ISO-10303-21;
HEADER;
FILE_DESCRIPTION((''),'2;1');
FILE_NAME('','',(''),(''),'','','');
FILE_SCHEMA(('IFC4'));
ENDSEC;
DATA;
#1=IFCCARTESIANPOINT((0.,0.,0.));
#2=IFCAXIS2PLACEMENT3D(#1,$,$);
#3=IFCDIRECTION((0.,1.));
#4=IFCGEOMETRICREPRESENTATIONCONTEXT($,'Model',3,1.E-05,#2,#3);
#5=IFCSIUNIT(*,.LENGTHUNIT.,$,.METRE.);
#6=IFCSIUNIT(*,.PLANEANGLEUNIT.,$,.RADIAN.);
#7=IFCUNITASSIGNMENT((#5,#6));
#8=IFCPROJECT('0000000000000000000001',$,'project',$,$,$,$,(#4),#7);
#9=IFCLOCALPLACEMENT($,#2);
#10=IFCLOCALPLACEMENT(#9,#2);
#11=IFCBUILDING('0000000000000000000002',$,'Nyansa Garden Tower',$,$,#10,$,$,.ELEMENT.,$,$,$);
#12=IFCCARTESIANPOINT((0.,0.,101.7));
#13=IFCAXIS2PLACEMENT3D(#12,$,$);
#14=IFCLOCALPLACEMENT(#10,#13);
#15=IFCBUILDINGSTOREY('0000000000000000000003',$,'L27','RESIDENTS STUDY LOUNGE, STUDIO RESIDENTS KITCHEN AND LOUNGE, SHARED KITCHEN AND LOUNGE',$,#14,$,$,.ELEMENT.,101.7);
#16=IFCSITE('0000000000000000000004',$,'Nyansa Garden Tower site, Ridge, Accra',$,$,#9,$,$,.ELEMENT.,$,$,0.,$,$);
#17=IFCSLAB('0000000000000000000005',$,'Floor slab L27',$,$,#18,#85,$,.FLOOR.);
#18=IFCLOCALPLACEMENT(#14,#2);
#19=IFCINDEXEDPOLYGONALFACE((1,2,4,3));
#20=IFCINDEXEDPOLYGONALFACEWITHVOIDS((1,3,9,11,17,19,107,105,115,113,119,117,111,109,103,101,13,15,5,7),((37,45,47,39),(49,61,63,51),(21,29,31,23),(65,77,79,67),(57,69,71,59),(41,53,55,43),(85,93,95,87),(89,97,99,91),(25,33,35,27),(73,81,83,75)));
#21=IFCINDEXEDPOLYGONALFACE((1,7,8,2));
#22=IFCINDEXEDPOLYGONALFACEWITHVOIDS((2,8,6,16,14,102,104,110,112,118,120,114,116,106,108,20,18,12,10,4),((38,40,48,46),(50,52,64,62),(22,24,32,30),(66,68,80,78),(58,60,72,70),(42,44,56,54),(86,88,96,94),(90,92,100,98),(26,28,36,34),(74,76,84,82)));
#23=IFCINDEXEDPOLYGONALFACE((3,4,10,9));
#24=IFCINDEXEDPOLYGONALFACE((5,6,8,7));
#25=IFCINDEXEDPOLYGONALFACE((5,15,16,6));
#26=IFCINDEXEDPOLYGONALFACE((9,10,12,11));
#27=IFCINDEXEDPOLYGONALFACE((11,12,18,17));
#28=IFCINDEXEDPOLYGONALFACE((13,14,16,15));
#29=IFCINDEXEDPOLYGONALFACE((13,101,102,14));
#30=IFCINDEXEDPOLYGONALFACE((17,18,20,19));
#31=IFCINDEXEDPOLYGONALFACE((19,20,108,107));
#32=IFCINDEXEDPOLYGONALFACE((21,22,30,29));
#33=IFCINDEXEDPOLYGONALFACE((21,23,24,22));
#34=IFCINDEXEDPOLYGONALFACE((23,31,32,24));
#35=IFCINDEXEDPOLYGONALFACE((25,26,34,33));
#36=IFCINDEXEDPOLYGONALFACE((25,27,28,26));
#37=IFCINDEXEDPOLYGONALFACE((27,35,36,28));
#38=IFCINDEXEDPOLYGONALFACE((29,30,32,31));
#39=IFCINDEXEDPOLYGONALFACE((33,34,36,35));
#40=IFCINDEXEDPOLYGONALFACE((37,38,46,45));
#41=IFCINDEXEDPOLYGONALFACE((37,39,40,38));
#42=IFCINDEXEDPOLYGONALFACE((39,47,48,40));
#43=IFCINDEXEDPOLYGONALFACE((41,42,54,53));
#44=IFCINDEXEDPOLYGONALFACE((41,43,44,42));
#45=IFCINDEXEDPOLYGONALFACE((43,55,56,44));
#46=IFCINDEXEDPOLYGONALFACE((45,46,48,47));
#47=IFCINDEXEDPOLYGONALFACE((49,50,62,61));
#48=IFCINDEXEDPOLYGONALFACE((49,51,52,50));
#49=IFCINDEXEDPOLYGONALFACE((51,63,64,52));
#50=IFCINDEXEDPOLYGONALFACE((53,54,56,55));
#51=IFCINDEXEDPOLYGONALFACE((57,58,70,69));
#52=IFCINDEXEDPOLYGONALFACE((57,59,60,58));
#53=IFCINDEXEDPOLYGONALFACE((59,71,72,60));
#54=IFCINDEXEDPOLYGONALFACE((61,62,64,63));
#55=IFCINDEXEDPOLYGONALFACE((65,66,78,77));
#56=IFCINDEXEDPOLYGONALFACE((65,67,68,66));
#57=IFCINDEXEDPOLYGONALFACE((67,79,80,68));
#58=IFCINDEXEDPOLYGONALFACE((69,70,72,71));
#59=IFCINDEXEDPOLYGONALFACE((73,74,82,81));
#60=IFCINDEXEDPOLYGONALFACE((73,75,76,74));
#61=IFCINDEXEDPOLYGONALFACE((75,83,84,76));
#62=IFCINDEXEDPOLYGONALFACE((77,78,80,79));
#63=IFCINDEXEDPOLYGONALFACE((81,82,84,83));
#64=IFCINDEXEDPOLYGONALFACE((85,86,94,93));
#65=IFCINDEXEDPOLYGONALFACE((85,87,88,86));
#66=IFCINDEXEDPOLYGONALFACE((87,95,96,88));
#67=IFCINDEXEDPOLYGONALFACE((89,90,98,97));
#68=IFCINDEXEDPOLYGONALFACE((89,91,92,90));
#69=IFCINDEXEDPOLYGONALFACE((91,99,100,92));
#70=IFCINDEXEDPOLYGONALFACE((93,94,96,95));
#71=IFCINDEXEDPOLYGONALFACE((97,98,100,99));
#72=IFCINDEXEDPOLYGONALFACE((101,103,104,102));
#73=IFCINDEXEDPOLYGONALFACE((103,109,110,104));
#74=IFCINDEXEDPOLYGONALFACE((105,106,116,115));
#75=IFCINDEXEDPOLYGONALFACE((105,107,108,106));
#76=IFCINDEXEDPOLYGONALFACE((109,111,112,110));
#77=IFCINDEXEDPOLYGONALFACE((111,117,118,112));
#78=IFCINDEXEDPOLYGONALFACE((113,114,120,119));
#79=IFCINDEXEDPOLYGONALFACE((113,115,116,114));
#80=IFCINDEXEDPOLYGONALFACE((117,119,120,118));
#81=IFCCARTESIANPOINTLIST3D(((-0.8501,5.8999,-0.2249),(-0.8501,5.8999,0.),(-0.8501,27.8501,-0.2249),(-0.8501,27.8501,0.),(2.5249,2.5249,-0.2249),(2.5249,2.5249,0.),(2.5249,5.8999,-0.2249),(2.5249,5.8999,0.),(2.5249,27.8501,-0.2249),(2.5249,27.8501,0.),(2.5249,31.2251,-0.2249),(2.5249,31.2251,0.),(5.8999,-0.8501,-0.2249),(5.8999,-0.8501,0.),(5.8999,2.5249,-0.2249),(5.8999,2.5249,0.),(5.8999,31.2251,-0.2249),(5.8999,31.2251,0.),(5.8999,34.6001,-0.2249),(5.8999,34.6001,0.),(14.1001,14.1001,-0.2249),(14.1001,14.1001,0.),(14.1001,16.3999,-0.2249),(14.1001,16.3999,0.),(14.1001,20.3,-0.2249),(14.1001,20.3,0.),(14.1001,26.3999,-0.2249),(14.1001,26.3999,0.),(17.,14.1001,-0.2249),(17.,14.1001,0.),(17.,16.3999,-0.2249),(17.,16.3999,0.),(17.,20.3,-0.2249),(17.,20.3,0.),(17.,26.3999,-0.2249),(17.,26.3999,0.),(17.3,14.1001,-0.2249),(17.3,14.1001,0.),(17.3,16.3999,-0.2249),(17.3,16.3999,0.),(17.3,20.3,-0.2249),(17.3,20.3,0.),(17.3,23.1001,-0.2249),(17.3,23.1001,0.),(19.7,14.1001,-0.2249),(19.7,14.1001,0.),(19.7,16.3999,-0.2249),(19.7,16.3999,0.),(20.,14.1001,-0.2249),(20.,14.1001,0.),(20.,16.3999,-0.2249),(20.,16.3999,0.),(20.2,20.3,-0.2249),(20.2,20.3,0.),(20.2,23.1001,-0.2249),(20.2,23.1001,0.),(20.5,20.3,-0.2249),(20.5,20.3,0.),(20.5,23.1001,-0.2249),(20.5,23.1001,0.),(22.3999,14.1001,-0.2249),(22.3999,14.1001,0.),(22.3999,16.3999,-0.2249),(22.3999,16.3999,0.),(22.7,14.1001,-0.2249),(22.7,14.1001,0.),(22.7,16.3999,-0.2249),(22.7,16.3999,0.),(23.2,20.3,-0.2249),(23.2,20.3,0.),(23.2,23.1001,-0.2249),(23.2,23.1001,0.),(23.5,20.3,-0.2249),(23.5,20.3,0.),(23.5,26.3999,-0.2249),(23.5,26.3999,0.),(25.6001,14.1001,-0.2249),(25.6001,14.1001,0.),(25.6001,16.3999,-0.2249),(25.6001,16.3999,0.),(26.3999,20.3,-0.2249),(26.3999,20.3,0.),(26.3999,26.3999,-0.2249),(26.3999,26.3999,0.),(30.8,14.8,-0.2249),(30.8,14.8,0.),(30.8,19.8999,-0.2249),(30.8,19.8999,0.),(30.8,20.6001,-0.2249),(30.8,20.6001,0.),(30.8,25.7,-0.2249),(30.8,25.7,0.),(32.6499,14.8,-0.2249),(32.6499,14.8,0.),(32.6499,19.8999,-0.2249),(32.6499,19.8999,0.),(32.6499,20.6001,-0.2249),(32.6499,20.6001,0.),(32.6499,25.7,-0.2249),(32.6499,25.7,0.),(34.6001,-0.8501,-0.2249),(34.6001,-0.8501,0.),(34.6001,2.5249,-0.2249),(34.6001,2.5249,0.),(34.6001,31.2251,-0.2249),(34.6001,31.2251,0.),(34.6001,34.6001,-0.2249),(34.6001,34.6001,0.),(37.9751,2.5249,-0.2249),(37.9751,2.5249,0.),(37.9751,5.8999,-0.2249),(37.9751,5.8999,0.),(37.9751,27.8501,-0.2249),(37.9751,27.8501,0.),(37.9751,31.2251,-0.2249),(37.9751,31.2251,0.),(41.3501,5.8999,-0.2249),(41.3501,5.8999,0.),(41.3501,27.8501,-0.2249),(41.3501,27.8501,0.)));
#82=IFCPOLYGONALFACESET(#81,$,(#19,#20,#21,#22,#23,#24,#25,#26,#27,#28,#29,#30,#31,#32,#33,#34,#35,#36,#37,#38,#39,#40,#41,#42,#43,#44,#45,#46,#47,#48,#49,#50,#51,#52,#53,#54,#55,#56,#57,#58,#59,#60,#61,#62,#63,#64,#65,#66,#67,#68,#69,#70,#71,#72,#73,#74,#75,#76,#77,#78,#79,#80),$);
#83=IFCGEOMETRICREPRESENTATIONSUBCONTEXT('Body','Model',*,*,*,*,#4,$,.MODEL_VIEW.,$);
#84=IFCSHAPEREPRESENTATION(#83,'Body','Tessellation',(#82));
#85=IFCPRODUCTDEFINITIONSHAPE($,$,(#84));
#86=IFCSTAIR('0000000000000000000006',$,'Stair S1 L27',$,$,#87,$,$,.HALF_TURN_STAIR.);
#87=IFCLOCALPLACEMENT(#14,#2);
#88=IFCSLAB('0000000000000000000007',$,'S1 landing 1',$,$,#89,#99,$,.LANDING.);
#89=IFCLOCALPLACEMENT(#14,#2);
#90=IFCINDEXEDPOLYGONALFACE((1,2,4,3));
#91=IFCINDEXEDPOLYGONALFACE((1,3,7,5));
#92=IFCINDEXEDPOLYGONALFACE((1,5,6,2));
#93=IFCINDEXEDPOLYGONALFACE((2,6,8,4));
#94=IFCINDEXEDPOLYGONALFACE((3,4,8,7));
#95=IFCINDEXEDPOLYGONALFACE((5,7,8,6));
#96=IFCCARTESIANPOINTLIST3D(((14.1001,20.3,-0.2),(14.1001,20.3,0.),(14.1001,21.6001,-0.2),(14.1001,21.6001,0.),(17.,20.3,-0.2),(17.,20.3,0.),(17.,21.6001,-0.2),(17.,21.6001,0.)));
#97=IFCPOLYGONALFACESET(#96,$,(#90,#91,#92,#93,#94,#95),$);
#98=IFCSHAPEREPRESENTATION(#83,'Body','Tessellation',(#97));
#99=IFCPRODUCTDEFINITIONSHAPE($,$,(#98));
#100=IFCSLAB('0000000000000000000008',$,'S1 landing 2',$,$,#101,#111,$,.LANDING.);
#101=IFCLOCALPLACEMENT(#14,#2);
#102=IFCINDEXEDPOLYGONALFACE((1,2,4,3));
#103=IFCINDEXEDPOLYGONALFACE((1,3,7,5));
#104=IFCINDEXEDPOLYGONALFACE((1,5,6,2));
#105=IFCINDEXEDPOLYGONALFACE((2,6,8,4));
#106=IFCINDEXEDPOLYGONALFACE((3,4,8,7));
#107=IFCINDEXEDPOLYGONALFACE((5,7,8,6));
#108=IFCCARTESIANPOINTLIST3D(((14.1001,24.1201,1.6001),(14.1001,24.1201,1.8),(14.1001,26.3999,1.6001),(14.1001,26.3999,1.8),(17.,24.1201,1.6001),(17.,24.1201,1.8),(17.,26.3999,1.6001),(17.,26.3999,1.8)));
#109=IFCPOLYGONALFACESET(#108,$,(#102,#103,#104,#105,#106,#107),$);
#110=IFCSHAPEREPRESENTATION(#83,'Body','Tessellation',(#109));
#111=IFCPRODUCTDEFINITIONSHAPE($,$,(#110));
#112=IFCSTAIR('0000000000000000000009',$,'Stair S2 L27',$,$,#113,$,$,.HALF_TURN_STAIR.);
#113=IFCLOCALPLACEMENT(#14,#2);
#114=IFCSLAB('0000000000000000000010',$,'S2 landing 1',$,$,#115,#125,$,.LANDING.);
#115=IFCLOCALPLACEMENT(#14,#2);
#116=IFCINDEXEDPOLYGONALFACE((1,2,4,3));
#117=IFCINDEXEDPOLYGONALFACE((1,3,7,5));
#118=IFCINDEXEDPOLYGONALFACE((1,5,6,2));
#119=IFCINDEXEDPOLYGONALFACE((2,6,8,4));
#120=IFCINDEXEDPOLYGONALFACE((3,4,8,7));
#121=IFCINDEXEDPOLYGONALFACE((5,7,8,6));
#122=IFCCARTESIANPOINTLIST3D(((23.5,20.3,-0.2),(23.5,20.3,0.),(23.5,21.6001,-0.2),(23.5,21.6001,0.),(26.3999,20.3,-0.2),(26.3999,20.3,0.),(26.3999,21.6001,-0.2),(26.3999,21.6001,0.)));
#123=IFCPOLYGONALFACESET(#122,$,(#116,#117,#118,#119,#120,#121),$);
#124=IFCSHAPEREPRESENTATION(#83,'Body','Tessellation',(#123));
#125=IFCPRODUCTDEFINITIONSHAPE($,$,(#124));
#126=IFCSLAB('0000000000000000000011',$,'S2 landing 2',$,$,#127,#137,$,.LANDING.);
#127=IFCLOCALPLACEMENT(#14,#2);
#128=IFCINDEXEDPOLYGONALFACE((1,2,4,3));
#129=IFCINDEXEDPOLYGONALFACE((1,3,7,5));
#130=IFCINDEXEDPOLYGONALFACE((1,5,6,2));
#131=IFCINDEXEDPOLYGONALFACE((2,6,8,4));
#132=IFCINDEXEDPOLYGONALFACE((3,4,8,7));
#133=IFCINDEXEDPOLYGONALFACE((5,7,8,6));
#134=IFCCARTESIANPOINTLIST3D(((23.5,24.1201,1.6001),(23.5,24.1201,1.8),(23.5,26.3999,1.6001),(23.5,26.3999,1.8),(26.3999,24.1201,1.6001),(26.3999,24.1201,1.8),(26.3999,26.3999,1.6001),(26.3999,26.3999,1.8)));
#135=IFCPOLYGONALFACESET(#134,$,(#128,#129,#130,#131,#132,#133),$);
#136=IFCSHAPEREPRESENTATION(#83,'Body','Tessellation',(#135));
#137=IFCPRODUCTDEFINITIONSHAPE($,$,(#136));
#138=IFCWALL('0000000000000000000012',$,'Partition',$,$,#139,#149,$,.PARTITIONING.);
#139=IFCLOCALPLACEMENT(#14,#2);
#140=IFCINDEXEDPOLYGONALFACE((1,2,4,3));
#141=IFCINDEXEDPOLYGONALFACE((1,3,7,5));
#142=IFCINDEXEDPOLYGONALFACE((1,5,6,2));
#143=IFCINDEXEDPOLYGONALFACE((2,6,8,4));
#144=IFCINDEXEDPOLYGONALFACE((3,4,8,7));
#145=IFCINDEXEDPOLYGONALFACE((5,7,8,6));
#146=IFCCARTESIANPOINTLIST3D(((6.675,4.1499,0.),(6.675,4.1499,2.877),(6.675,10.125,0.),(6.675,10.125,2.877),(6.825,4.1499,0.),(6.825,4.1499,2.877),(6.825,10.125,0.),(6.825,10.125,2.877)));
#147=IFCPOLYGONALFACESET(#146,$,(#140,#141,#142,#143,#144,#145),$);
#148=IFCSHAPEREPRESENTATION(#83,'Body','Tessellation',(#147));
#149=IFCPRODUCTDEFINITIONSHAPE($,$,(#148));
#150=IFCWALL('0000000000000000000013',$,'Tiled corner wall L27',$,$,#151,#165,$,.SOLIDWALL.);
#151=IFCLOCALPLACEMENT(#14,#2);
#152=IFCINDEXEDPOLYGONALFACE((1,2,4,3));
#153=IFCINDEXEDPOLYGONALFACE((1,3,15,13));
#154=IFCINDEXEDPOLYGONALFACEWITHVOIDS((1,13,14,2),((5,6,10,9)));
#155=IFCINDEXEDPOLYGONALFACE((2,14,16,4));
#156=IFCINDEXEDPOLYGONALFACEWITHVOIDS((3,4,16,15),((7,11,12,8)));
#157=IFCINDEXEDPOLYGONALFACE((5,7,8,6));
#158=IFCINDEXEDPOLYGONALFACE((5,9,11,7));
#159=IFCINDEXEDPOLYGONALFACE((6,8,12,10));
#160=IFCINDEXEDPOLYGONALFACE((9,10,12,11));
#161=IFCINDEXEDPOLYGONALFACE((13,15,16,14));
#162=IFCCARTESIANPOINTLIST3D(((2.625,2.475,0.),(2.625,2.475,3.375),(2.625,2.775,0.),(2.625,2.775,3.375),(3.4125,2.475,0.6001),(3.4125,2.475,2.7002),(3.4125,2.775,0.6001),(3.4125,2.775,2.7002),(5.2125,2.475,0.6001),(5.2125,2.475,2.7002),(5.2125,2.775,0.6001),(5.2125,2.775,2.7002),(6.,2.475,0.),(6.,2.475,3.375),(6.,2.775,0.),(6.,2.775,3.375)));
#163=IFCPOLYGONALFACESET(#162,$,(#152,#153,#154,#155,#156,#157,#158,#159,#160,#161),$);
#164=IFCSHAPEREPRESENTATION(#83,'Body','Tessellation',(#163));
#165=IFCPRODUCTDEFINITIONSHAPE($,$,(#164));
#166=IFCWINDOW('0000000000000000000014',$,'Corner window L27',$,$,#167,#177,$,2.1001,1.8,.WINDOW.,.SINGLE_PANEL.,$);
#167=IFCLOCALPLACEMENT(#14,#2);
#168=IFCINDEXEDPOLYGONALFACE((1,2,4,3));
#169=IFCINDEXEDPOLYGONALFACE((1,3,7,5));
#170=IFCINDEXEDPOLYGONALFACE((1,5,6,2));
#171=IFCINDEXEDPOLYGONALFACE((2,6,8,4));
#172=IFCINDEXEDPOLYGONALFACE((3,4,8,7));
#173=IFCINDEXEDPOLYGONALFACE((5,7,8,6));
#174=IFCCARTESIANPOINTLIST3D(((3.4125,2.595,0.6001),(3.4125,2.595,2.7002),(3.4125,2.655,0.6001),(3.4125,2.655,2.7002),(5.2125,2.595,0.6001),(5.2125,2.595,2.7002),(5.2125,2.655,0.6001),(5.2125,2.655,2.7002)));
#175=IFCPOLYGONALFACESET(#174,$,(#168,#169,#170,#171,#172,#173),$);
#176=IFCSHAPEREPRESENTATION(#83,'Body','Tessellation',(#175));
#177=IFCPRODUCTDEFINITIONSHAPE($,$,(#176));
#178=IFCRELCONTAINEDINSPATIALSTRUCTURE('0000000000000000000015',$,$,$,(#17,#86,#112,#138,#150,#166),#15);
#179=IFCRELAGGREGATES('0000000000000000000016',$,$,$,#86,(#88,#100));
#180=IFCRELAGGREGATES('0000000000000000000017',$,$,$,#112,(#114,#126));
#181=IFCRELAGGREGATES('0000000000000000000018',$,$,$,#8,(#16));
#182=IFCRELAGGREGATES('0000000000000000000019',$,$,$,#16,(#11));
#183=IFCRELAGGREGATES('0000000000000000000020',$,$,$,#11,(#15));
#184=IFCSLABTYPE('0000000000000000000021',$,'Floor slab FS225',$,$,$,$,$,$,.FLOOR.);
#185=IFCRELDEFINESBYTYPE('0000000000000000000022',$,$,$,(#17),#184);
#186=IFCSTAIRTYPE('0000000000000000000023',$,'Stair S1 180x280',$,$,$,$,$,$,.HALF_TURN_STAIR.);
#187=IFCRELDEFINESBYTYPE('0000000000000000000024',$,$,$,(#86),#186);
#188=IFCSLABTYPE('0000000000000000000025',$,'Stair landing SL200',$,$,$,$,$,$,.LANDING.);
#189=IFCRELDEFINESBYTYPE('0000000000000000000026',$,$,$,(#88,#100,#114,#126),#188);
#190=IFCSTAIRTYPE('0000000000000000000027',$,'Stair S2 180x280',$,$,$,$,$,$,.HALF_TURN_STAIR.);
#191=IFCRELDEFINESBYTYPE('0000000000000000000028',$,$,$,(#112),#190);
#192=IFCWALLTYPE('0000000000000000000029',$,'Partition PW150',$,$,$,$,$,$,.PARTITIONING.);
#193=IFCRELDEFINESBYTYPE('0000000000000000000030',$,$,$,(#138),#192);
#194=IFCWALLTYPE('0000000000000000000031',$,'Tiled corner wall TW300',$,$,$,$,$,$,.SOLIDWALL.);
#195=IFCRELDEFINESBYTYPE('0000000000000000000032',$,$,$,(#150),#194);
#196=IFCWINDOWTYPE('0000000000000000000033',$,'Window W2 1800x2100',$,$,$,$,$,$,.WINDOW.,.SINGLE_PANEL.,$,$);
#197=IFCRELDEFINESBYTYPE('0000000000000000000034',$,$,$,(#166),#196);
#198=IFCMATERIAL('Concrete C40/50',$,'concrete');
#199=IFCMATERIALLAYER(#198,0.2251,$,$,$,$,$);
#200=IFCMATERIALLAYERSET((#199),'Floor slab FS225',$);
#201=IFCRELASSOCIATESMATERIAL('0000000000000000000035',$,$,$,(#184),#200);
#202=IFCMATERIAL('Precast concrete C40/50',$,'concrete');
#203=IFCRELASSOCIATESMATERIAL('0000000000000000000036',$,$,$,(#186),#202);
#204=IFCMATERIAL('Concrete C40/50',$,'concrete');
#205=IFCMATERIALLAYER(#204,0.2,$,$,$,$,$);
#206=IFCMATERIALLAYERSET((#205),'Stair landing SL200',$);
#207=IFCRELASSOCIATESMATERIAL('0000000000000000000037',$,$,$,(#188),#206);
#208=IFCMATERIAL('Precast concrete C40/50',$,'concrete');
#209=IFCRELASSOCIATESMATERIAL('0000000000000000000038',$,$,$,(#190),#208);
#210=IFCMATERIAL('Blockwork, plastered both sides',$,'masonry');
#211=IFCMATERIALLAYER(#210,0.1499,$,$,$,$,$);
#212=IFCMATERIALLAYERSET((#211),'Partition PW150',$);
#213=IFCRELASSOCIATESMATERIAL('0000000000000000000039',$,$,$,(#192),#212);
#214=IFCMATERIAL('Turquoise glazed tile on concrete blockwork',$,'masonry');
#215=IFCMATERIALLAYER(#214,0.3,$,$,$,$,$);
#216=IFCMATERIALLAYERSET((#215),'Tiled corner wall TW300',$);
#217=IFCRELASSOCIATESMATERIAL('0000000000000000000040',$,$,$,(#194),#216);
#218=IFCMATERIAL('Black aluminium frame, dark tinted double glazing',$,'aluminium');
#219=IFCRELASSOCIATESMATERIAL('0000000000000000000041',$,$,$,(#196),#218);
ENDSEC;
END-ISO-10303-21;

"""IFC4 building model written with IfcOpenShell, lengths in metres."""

from ifc_helpers import new_model, si_unit, direction, frame, frame_2d, origin, place, context, subcontext, project, spatial, polyline, rectangle, outline, extrude, material, layer, layer_set, type_object, element, fill, aggregate, save


model = new_model("IFC4")

# Units and contexts
model_context = context("Model", 3, precision=1e-05, world=origin(), true_north=direction((0.0, 1.0)))
body_context = subcontext(model_context, "Body", "Model", "MODEL_VIEW")
ifc_project = project(units=[si_unit("LENGTHUNIT", "METRE"), si_unit("PLANEANGLEUNIT", "RADIAN")], contexts=[model_context])

# Site, building, storey
site_placement = place(None, origin())
site = spatial("IfcSite", under=ifc_project, at=site_placement, Name="Nyansa Garden Tower site, Ridge, Accra", CompositionType="ELEMENT", RefElevation=0.0)
building_placement = place(site_placement, origin())
building = spatial("IfcBuilding", under=site, at=building_placement, Name="Nyansa Garden Tower", CompositionType="ELEMENT")
storey_placement = place(building_placement, frame((0.0, 0.0, 101.7)))
storey = spatial("IfcBuildingStorey", under=building, at=storey_placement, Name="L27", Description="RESIDENTS STUDY LOUNGE, STUDIO RESIDENTS KITCHEN AND LOUNGE, SHARED KITCHEN AND LOUNGE", CompositionType="ELEMENT", Elevation=101.7)

# Slab
ifc_material_1 = material(Name="Concrete C40/50", Category="concrete")
ifc_layer_1 = layer(ifc_material_1, 0.2251)
ifc_layer_set_1 = layer_set([ifc_layer_1], Name="Floor slab FS225")
slab_type_1 = type_object("IfcSlabType", Name="Floor slab FS225", PredefinedType="FLOOR", material=ifc_layer_set_1)
slab_1_placement = place(storey_placement, frame((0.0, 0.0, -0.2249)))
element("IfcSlab", 1, at=slab_1_placement, inside=storey, type_object=slab_type_1, Name="Floor slab L27", PredefinedType="FLOOR", context=body_context, shape_type="SweptSolid", body=[
    extrude(outline(polyline([(41.3501, 5.8999), (37.9751, 5.8999), (37.9751, 2.5249), (34.6001, 2.5249), (34.6001, -0.8501), (5.8999, -0.8501), (5.8999, 2.5249), (2.5249, 2.5249), (2.5249, 5.8999), (-0.8501, 5.8999), (-0.8501, 27.8501), (2.5249, 27.8501), (2.5249, 31.2251), (5.8999, 31.2251), (5.8999, 34.6001), (34.6001, 34.6001), (34.6001, 31.2251), (37.9751, 31.2251), (37.9751, 27.8501), (41.3501, 27.8501), (41.3501, 5.8999)]), holes=[polyline([(14.1001, 14.1001), (17.0, 14.1001), (17.0, 16.3999), (14.1001, 16.3999), (14.1001, 14.1001)]), polyline([(17.3, 14.1001), (19.7, 14.1001), (19.7, 16.3999), (17.3, 16.3999), (17.3, 14.1001)]), polyline([(20.0, 14.1001), (22.3999, 14.1001), (22.3999, 16.3999), (20.0, 16.3999), (20.0, 14.1001)]), polyline([(22.7, 14.1001), (25.6001, 14.1001), (25.6001, 16.3999), (22.7, 16.3999), (22.7, 14.1001)]), polyline([(17.3, 20.3), (20.2, 20.3), (20.2, 23.1001), (17.3, 23.1001), (17.3, 20.3)]), polyline([(20.5, 20.3), (23.2, 20.3), (23.2, 23.1001), (20.5, 23.1001), (20.5, 20.3)]), polyline([(30.8, 14.8), (32.6499, 14.8), (32.6499, 19.8999), (30.8, 19.8999), (30.8, 14.8)]), polyline([(30.8, 20.6001), (32.6499, 20.6001), (32.6499, 25.7), (30.8, 25.7), (30.8, 20.6001)]), polyline([(14.1001, 20.3), (17.0, 20.3), (17.0, 26.3999), (14.1001, 26.3999), (14.1001, 20.3)]), polyline([(23.5, 20.3), (26.3999, 20.3), (26.3999, 26.3999), (23.5, 26.3999), (23.5, 20.3)])]), origin(), (0.0, 0.0, 1.0), 0.2249),
])

# Stairs, slabs
ifc_material_2 = material(Name="Precast concrete C40/50", Category="concrete")
stair_type_1 = type_object("IfcStairType", Name="Stair S1 180x280", PredefinedType="HALF_TURN_STAIR", material=ifc_material_2)
stair_1_placement = place(storey_placement, origin())
stair_1 = element("IfcStair", 2, at=stair_1_placement, inside=storey, type_object=stair_type_1, Name="Stair S1 L27", PredefinedType="HALF_TURN_STAIR")
ifc_material_3 = material(Name="Concrete C40/50", Category="concrete")
ifc_layer_2 = layer(ifc_material_3, 0.2)
ifc_layer_set_2 = layer_set([ifc_layer_2], Name="Stair landing SL200")
slab_type_2 = type_object("IfcSlabType", Name="Stair landing SL200", PredefinedType="LANDING", material=ifc_layer_set_2)
slab_2_placement = place(storey_placement, frame((0.0, 0.0, -0.2)))
slab_2 = element("IfcSlab", 3, at=slab_2_placement, type_object=slab_type_2, Name="S1 landing 1", PredefinedType="LANDING", context=body_context, shape_type="SweptSolid", body=[
    extrude(outline(polyline([(14.1001, 20.3), (17.0, 20.3), (17.0, 21.6001), (14.1001, 21.6001), (14.1001, 20.3)])), origin(), (0.0, 0.0, 1.0), 0.2),
])
slab_3_placement = place(storey_placement, frame((0.0, 0.0, 1.6001)))
slab_3 = element("IfcSlab", 4, at=slab_3_placement, type_object=slab_type_2, Name="S1 landing 2", PredefinedType="LANDING", context=body_context, shape_type="SweptSolid", body=[
    extrude(outline(polyline([(14.1001, 24.1201), (17.0, 24.1201), (17.0, 26.3999), (14.1001, 26.3999), (14.1001, 24.1201)])), origin(), (0.0, 0.0, 1.0), 0.2),
])
aggregate(stair_1, [slab_2, slab_3])
ifc_material_4 = material(Name="Precast concrete C40/50", Category="concrete")
stair_type_2 = type_object("IfcStairType", Name="Stair S2 180x280", PredefinedType="HALF_TURN_STAIR", material=ifc_material_4)
stair_2_placement = place(storey_placement, origin())
stair_2 = element("IfcStair", 5, at=stair_2_placement, inside=storey, type_object=stair_type_2, Name="Stair S2 L27", PredefinedType="HALF_TURN_STAIR")
slab_4_placement = place(storey_placement, frame((0.0, 0.0, -0.2)))
slab_4 = element("IfcSlab", 6, at=slab_4_placement, type_object=slab_type_2, Name="S2 landing 1", PredefinedType="LANDING", context=body_context, shape_type="SweptSolid", body=[
    extrude(outline(polyline([(23.5, 20.3), (26.3999, 20.3), (26.3999, 21.6001), (23.5, 21.6001), (23.5, 20.3)])), origin(), (0.0, 0.0, 1.0), 0.2),
])
slab_5_placement = place(storey_placement, frame((0.0, 0.0, 1.6001)))
slab_5 = element("IfcSlab", 7, at=slab_5_placement, type_object=slab_type_2, Name="S2 landing 2", PredefinedType="LANDING", context=body_context, shape_type="SweptSolid", body=[
    extrude(outline(polyline([(23.5, 24.1201), (26.3999, 24.1201), (26.3999, 26.3999), (23.5, 26.3999), (23.5, 24.1201)])), origin(), (0.0, 0.0, 1.0), 0.2),
])
aggregate(stair_2, [slab_4, slab_5])

# Wall
ifc_material_5 = material(Name="Blockwork, plastered both sides", Category="masonry")
ifc_layer_3 = layer(ifc_material_5, 0.1499)
ifc_layer_set_3 = layer_set([ifc_layer_3], Name="Partition PW150")
wall_type_1 = type_object("IfcWallType", Name="Partition PW150", PredefinedType="PARTITIONING", material=ifc_layer_set_3)
wall_1_placement = place(storey_placement, frame((6.75, 4.1499, 0.0), z_axis=(0.0, 0.0, 1.0), x_axis=(0.0, 1.0, 0.0)))
element("IfcWall", 8, at=wall_1_placement, inside=storey, type_object=wall_type_1, Name="Partition", PredefinedType="PARTITIONING", context=body_context, shape_type="SweptSolid", body=[
    extrude(rectangle(XDim=5.9751, YDim=0.1499, at=frame_2d((2.9875, 0.0))), origin(), (0.0, 0.0, 1.0), 2.877),
])

# Wall, opening, window
ifc_material_6 = material(Name="Turquoise glazed tile on concrete blockwork", Category="masonry")
ifc_layer_4 = layer(ifc_material_6, 0.3)
ifc_layer_set_4 = layer_set([ifc_layer_4], Name="Tiled corner wall TW300")
wall_type_2 = type_object("IfcWallType", Name="Tiled corner wall TW300", PredefinedType="SOLIDWALL", material=ifc_layer_set_4)
wall_2_placement = place(storey_placement, frame((2.625, 2.625, 0.0), z_axis=(0.0, 0.0, 1.0), x_axis=(1.0, 0.0, 0.0)))
wall_2 = element("IfcWall", 9, at=wall_2_placement, inside=storey, type_object=wall_type_2, Name="Tiled corner wall L27", PredefinedType="SOLIDWALL", context=body_context, shape_type="SweptSolid", body=[
    extrude(rectangle(XDim=3.375, YDim=0.3, at=frame_2d((1.6875, 0.0))), origin(), (0.0, 0.0, 1.0), 3.375),
])
opening_1_placement = place(wall_2_placement, frame((0.7876, 0.0, 0.6001)))
opening_1 = element("IfcOpeningElement", 10, at=opening_1_placement, cuts=wall_2, PredefinedType="OPENING", context=body_context, shape_type="SweptSolid", body=[
    extrude(rectangle(XDim=1.8, YDim=2.1001, at=frame_2d((0.8999, 1.05))), frame((0.0, 0.1599, 0.0), z_axis=(0.0, -1.0, 0.0), x_axis=(1.0, 0.0, 0.0)), (0.0, 0.0, 1.0), 0.3201),
])
ifc_material_7 = material(Name="Black aluminium frame, dark tinted double glazing", Category="aluminium")
window_type_1 = type_object("IfcWindowType", Name="Window W2 1800x2100", PartitioningType="SINGLE_PANEL", PredefinedType="WINDOW", material=ifc_material_7)
window_1_placement = place(opening_1_placement, origin())
window_1 = element("IfcWindow", 11, at=window_1_placement, inside=storey, type_object=window_type_1, Name="Corner window L27", OverallHeight=2.1001, OverallWidth=1.8, PartitioningType="SINGLE_PANEL", PredefinedType="WINDOW", context=body_context, shape_type="SweptSolid", body=[
    extrude(rectangle(XDim=1.8, YDim=2.1001, at=frame_2d((0.8999, 1.05))), frame((0.0, 0.03, 0.0), z_axis=(0.0, -1.0, 0.0), x_axis=(1.0, 0.0, 0.0)), (0.0, 0.0, 1.0), 0.0601),
])
fill(opening_1, window_1)

save(model, "model.ifc")
